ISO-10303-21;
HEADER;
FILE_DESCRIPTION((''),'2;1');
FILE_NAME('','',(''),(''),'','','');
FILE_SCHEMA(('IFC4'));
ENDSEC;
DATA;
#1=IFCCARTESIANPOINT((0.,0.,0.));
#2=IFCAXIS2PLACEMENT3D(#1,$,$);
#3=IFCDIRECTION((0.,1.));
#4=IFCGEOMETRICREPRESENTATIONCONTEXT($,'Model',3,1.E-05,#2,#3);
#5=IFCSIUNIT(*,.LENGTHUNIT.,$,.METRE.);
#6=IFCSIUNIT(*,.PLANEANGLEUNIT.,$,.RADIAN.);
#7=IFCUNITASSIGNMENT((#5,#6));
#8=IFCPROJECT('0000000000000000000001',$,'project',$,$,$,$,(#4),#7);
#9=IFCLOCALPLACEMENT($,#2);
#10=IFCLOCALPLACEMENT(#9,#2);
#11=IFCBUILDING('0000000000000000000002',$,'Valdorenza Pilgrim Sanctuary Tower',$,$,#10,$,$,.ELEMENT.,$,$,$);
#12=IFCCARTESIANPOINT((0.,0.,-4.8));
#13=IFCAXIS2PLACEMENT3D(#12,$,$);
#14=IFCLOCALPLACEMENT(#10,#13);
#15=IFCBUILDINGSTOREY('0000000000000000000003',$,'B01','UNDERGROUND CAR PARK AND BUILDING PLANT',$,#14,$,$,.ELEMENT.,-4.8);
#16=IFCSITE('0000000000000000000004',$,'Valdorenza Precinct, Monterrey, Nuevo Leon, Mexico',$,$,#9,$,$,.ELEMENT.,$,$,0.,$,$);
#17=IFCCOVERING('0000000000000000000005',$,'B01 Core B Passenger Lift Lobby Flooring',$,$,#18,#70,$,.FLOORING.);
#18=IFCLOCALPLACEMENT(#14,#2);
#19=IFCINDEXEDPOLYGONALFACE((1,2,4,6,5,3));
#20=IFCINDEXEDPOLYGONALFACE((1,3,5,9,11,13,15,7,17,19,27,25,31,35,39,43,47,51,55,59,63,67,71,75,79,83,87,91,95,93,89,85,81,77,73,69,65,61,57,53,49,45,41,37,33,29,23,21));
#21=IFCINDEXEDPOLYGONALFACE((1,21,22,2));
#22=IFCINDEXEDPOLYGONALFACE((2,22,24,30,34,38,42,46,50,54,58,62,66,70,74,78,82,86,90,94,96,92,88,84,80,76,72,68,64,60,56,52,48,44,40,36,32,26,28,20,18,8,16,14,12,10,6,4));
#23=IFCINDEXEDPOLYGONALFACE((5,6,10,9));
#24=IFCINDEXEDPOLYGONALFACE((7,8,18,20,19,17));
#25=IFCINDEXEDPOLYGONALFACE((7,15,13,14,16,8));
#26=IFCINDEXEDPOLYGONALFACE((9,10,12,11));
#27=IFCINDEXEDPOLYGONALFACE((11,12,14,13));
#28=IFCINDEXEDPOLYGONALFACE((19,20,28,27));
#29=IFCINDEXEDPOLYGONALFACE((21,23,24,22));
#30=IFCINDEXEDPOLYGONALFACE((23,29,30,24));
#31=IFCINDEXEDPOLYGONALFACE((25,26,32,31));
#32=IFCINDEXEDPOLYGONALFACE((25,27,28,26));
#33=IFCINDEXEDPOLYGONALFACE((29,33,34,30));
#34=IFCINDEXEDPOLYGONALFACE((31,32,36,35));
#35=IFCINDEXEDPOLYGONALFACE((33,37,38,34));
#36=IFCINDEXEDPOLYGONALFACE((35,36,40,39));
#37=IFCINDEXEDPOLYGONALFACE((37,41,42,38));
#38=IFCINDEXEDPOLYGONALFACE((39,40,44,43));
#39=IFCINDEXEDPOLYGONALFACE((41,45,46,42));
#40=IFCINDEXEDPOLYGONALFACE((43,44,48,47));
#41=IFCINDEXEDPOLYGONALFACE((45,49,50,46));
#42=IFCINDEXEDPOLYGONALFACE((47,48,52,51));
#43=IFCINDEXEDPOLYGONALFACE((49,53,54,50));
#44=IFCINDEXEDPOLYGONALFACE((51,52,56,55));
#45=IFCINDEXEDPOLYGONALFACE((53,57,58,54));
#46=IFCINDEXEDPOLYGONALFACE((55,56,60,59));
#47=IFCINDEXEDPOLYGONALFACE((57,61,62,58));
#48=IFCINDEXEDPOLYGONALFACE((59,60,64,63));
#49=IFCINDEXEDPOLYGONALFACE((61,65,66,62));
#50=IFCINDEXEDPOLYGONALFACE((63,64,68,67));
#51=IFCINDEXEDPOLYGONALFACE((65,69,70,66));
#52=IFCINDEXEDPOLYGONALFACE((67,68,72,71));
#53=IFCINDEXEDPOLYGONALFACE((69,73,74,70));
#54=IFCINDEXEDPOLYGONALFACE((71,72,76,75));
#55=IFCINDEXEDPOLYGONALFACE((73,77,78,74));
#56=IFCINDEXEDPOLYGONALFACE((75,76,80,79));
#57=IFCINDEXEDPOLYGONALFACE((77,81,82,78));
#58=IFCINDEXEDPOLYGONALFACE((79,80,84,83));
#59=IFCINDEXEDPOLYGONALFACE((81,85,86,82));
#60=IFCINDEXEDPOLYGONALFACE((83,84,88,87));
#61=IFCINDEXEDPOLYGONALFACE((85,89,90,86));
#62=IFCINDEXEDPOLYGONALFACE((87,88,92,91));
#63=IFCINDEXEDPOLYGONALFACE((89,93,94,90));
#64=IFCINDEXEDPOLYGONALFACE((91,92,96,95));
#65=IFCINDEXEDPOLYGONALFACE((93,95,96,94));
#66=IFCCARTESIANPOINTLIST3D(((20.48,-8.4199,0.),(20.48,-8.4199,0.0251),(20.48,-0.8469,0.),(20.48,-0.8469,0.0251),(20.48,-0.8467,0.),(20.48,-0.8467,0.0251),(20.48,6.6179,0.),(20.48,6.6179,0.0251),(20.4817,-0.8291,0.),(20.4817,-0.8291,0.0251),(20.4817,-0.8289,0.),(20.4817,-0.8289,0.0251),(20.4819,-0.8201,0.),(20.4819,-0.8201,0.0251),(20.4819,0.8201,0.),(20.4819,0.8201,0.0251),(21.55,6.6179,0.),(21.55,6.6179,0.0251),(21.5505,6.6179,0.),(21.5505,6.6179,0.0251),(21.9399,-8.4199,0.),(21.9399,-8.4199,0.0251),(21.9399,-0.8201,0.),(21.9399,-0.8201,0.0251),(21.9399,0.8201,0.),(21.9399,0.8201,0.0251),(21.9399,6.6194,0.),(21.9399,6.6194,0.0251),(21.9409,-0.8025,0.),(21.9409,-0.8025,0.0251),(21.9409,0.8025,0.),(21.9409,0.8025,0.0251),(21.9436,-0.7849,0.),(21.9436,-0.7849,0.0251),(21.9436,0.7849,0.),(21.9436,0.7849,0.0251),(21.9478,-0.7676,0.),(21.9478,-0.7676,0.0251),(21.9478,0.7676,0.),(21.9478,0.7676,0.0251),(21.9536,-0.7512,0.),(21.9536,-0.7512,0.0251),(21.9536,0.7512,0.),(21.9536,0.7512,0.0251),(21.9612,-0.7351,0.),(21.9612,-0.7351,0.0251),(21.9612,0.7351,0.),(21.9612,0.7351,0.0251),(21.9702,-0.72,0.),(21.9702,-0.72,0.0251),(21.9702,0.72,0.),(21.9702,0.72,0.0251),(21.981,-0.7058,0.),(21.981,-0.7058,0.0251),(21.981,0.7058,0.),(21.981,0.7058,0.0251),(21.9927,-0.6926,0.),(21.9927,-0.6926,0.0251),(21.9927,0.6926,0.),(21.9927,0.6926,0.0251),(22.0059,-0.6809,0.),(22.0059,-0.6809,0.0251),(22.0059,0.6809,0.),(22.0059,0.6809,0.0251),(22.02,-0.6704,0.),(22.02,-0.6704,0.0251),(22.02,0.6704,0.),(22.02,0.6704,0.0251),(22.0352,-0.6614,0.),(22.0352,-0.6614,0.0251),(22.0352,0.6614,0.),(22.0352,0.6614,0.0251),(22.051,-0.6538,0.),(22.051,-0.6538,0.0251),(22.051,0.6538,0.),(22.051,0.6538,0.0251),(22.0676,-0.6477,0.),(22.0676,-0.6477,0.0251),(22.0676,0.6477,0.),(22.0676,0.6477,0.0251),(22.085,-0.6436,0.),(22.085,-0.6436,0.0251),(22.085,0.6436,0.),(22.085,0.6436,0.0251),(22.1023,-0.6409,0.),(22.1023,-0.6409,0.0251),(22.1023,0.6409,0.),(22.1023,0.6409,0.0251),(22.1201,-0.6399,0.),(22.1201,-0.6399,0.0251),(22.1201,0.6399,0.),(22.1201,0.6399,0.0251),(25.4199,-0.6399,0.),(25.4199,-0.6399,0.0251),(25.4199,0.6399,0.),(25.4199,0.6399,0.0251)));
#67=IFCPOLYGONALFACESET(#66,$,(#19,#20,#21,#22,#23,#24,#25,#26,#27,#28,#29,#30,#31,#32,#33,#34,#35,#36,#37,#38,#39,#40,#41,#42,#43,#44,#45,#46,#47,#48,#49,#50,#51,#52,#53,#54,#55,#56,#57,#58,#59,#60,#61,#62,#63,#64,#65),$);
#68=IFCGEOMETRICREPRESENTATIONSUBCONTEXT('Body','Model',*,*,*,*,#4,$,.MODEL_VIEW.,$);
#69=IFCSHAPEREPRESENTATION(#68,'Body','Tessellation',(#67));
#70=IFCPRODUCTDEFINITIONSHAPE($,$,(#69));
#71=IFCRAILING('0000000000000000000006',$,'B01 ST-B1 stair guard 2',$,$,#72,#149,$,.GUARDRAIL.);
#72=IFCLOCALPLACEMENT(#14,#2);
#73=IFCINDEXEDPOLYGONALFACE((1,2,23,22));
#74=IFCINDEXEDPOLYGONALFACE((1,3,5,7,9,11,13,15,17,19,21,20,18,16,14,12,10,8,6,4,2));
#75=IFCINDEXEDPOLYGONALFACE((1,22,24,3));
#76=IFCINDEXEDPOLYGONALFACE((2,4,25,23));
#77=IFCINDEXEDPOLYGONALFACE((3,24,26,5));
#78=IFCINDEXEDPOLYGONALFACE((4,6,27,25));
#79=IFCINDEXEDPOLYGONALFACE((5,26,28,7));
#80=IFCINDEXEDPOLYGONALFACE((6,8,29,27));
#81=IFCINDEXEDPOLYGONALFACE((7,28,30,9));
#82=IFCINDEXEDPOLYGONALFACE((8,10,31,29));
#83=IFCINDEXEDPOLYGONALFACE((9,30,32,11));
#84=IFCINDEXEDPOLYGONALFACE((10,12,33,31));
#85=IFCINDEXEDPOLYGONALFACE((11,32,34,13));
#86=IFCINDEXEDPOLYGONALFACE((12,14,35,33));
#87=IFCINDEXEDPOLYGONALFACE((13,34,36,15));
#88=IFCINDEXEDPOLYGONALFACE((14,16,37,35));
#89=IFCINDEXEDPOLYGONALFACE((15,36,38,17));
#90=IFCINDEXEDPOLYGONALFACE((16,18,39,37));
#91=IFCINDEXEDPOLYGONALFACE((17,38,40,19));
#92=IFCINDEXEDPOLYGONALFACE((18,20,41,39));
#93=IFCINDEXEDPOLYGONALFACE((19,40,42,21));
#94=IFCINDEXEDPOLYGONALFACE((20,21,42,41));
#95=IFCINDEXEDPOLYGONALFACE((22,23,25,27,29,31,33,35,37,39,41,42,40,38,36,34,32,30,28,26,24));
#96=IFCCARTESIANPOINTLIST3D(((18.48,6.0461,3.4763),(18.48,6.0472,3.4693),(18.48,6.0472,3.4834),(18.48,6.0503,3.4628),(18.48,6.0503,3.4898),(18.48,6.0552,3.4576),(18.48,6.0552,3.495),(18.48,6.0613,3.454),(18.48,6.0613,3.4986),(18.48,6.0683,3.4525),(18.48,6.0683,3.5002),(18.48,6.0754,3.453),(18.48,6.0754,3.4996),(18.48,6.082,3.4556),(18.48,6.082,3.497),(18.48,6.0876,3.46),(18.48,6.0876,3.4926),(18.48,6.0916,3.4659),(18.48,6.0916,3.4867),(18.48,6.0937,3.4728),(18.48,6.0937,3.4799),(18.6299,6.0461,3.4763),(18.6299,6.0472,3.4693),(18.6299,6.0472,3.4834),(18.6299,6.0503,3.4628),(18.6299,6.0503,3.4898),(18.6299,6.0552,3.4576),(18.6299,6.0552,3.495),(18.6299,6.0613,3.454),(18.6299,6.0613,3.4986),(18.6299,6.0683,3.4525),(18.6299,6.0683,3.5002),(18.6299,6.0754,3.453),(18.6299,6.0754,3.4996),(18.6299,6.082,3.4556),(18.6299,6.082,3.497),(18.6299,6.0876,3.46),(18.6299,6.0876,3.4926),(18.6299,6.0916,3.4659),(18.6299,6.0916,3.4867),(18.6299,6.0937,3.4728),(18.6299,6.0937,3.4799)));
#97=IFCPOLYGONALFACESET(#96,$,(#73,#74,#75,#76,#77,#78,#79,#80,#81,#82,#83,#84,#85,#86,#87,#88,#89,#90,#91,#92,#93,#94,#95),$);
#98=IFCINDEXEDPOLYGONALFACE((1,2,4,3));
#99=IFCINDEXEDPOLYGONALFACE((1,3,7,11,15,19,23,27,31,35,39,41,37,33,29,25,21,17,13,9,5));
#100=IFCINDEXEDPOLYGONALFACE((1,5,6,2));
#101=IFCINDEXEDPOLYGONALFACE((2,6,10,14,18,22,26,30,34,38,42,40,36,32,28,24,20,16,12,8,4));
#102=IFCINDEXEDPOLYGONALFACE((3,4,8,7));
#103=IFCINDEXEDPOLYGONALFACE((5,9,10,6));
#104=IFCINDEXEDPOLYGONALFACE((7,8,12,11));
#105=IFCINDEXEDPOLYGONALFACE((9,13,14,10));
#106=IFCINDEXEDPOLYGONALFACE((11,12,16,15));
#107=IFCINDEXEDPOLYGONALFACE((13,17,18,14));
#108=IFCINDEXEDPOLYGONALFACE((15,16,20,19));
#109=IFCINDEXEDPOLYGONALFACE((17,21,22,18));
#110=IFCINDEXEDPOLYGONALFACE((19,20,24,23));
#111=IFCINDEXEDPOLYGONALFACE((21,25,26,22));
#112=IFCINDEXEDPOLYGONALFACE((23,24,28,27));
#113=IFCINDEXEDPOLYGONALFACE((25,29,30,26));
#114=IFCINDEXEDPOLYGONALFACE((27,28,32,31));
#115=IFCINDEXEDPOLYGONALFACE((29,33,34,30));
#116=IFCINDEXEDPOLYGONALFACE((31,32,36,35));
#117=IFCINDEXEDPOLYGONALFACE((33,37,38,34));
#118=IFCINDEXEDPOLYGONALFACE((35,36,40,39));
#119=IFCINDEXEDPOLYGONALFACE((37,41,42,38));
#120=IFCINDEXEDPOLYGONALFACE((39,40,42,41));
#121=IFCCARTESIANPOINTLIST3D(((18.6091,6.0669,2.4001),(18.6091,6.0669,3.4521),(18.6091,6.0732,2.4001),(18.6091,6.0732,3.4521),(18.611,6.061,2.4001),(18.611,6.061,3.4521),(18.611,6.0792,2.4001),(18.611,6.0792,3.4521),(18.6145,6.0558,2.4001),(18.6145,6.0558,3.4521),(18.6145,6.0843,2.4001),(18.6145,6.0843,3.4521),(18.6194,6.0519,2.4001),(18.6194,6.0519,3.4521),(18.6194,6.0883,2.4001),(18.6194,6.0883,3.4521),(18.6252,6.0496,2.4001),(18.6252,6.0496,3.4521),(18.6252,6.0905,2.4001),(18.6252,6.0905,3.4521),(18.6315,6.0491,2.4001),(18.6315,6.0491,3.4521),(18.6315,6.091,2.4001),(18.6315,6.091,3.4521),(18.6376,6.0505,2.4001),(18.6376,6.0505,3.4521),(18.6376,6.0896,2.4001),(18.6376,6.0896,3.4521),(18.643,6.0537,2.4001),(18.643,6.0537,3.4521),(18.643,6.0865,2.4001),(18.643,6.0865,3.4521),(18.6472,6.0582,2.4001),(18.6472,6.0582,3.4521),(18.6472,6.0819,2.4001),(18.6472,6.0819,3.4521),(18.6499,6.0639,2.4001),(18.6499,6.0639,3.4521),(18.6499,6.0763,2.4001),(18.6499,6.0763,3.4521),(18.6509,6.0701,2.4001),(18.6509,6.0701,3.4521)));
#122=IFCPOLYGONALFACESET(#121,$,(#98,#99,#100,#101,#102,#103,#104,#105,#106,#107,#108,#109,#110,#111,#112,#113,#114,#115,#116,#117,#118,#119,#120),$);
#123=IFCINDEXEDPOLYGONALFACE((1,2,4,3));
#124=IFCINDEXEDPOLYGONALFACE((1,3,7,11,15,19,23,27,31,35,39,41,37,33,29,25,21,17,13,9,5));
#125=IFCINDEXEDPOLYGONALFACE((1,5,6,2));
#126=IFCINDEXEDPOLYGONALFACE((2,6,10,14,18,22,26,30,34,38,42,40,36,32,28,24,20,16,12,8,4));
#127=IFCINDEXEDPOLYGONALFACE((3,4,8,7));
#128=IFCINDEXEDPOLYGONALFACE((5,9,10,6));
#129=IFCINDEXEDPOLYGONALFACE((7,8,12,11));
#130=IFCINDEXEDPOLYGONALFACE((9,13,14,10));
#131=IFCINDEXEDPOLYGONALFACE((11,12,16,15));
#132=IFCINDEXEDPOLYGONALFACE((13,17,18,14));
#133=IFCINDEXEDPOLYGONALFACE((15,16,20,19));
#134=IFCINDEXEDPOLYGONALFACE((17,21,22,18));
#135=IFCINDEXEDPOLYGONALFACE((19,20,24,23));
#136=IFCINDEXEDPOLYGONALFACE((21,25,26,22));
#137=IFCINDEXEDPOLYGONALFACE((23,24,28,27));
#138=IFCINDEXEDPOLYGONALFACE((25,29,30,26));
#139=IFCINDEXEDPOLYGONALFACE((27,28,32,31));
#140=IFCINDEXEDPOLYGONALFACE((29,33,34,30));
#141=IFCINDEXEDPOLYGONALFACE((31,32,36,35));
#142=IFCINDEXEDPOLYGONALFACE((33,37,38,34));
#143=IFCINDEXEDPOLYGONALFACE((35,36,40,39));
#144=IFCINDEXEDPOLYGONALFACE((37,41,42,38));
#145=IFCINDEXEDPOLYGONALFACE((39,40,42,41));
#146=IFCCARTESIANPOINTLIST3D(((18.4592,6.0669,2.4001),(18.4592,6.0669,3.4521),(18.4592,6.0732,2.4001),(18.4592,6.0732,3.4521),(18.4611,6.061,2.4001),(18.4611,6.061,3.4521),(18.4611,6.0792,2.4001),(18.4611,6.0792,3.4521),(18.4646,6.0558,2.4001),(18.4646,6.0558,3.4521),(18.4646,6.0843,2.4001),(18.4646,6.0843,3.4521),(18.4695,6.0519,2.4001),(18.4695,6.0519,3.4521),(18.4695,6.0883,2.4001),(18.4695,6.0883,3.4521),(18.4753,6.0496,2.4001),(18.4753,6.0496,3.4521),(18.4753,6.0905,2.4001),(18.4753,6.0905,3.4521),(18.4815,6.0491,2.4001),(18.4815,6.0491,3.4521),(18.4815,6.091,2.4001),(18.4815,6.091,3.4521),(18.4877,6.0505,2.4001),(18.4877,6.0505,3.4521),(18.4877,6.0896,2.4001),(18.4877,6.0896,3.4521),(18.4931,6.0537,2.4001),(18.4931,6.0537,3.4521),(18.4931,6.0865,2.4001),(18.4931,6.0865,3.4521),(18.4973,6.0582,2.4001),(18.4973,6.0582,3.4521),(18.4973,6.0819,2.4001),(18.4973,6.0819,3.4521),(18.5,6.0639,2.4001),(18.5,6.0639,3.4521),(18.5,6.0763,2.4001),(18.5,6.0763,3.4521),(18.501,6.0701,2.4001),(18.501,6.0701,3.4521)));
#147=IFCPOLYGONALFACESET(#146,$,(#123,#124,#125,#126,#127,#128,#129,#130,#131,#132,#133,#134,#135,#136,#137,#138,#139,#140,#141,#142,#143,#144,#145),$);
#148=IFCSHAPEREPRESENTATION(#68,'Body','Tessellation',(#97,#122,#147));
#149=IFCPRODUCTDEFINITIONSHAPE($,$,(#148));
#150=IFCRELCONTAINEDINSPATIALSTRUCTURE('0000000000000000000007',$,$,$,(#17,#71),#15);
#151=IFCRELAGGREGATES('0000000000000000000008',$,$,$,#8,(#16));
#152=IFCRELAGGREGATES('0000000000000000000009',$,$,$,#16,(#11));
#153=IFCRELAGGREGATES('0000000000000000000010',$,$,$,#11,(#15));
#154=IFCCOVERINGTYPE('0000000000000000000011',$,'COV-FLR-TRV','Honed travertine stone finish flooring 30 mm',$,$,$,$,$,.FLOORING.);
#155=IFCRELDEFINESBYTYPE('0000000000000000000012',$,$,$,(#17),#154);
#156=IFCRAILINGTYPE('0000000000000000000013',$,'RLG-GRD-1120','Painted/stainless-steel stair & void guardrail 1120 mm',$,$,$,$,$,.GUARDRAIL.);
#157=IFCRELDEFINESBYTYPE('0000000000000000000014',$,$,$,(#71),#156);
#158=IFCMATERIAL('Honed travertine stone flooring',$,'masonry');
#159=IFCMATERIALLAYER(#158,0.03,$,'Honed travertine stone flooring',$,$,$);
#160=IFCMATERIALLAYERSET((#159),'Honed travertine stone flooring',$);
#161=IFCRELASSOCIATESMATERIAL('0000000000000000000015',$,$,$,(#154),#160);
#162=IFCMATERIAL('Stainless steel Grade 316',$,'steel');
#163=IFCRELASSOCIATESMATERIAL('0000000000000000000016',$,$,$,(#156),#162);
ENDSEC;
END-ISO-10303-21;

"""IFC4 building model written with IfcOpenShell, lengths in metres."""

from ifc_helpers import new_model, si_unit, direction, frame, origin, origin_2d, place, context, subcontext, project, spatial, polyline, circle, outline, extrude, material, layer, layer_set, type_object, element, save


model = new_model("IFC4")

# Units and contexts
model_context = context("Model", 3, precision=1e-05, world=origin(), true_north=direction((0.0, 1.0)))
body_context = subcontext(model_context, "Body", "Model", "MODEL_VIEW")
ifc_project = project(units=[si_unit("LENGTHUNIT", "METRE"), si_unit("PLANEANGLEUNIT", "RADIAN")], contexts=[model_context])

# Site, building, storey
site_placement = place(None, origin())
site = spatial("IfcSite", under=ifc_project, at=site_placement, Name="Valdorenza Precinct, Monterrey, Nuevo Leon, Mexico", CompositionType="ELEMENT", RefElevation=0.0)
building_placement = place(site_placement, origin())
building = spatial("IfcBuilding", under=site, at=building_placement, Name="Valdorenza Pilgrim Sanctuary Tower", CompositionType="ELEMENT")
storey_placement = place(building_placement, frame((0.0, 0.0, -4.8)))
storey = spatial("IfcBuildingStorey", under=building, at=storey_placement, Name="B01", Description="UNDERGROUND CAR PARK AND BUILDING PLANT", CompositionType="ELEMENT", Elevation=-4.8)

# Covering
ifc_material_1 = material(Name="Honed travertine stone flooring", Category="masonry")
ifc_layer_1 = layer(ifc_material_1, 0.03, Name="Honed travertine stone flooring")
ifc_layer_set_1 = layer_set([ifc_layer_1], Name="Honed travertine stone flooring")
covering_type_1 = type_object("IfcCoveringType", Name="COV-FLR-TRV", Description="Honed travertine stone finish flooring 30 mm", PredefinedType="FLOORING", material=ifc_layer_set_1)
covering_1_placement = place(storey_placement, origin())
element("IfcCovering", 1, at=covering_1_placement, inside=storey, type_object=covering_type_1, Name="B01 Core B Passenger Lift Lobby Flooring", PredefinedType="FLOORING", context=body_context, shape_type="SweptSolid", body=[
    extrude(outline(polyline([(20.48, 6.6179), (21.55, 6.6179), (21.5505, 6.6179), (21.9399, 6.6194), (21.9399, 0.8201), (21.9409, 0.8025), (21.9436, 0.7849), (21.9478, 0.7676), (21.9536, 0.7512), (21.9612, 0.7351), (21.9702, 0.72), (21.981, 0.7058), (21.9927, 0.6926), (22.0059, 0.6809), (22.02, 0.6704), (22.0352, 0.6614), (22.051, 0.6538), (22.0676, 0.6477), (22.085, 0.6436), (22.1023, 0.6409), (22.1201, 0.6399), (25.4199, 0.6399), (25.4199, -0.6399), (22.1201, -0.6399), (22.1023, -0.6409), (22.085, -0.6436), (22.0676, -0.6477), (22.051, -0.6538), (22.0352, -0.6614), (22.02, -0.6704), (22.0059, -0.6809), (21.9927, -0.6926), (21.981, -0.7058), (21.9702, -0.72), (21.9612, -0.7351), (21.9536, -0.7512), (21.9478, -0.7676), (21.9436, -0.7849), (21.9409, -0.8025), (21.9399, -0.8201), (21.9399, -8.4199), (20.48, -8.4199), (20.48, -0.8469), (20.48, -0.8467), (20.48, -0.8467), (20.4817, -0.8291), (20.4817, -0.8289), (20.4819, -0.8201), (20.4819, 0.8201), (20.48, 6.6179)])), origin(), (0.0, 0.0, 1.0), 0.0251),
])

# Railing
ifc_material_2 = material(Name="Stainless steel Grade 316", Category="steel")
railing_type_1 = type_object("IfcRailingType", Name="RLG-GRD-1120", Description="Painted/stainless-steel stair & void guardrail 1120 mm", PredefinedType="GUARDRAIL", material=ifc_material_2)
railing_1_placement = place(storey_placement, frame((18.6299, 6.0701, 2.4001)))
element("IfcRailing", 2, at=railing_1_placement, inside=storey, type_object=railing_type_1, Name="B01 ST-B1 stair guard 2", PredefinedType="GUARDRAIL", context=body_context, shape_type="SweptSolid", body=[
    extrude(circle(Radius=0.0239, at=origin_2d()), frame((0.0, 0.0, 1.0762), z_axis=(-1.0, 0.0, 0.0), x_axis=(0.0, -1.0, 0.0)), (0.0, 0.0, 1.0), 0.1499),
    extrude(circle(Radius=0.021, at=origin_2d()), origin(), (0.0, 0.0, 1.0), 1.052),
    extrude(circle(Radius=0.021, at=origin_2d()), frame((-0.1499, 0.0, 0.0)), (0.0, 0.0, 1.0), 1.052),
])

save(model, "model.ifc")
